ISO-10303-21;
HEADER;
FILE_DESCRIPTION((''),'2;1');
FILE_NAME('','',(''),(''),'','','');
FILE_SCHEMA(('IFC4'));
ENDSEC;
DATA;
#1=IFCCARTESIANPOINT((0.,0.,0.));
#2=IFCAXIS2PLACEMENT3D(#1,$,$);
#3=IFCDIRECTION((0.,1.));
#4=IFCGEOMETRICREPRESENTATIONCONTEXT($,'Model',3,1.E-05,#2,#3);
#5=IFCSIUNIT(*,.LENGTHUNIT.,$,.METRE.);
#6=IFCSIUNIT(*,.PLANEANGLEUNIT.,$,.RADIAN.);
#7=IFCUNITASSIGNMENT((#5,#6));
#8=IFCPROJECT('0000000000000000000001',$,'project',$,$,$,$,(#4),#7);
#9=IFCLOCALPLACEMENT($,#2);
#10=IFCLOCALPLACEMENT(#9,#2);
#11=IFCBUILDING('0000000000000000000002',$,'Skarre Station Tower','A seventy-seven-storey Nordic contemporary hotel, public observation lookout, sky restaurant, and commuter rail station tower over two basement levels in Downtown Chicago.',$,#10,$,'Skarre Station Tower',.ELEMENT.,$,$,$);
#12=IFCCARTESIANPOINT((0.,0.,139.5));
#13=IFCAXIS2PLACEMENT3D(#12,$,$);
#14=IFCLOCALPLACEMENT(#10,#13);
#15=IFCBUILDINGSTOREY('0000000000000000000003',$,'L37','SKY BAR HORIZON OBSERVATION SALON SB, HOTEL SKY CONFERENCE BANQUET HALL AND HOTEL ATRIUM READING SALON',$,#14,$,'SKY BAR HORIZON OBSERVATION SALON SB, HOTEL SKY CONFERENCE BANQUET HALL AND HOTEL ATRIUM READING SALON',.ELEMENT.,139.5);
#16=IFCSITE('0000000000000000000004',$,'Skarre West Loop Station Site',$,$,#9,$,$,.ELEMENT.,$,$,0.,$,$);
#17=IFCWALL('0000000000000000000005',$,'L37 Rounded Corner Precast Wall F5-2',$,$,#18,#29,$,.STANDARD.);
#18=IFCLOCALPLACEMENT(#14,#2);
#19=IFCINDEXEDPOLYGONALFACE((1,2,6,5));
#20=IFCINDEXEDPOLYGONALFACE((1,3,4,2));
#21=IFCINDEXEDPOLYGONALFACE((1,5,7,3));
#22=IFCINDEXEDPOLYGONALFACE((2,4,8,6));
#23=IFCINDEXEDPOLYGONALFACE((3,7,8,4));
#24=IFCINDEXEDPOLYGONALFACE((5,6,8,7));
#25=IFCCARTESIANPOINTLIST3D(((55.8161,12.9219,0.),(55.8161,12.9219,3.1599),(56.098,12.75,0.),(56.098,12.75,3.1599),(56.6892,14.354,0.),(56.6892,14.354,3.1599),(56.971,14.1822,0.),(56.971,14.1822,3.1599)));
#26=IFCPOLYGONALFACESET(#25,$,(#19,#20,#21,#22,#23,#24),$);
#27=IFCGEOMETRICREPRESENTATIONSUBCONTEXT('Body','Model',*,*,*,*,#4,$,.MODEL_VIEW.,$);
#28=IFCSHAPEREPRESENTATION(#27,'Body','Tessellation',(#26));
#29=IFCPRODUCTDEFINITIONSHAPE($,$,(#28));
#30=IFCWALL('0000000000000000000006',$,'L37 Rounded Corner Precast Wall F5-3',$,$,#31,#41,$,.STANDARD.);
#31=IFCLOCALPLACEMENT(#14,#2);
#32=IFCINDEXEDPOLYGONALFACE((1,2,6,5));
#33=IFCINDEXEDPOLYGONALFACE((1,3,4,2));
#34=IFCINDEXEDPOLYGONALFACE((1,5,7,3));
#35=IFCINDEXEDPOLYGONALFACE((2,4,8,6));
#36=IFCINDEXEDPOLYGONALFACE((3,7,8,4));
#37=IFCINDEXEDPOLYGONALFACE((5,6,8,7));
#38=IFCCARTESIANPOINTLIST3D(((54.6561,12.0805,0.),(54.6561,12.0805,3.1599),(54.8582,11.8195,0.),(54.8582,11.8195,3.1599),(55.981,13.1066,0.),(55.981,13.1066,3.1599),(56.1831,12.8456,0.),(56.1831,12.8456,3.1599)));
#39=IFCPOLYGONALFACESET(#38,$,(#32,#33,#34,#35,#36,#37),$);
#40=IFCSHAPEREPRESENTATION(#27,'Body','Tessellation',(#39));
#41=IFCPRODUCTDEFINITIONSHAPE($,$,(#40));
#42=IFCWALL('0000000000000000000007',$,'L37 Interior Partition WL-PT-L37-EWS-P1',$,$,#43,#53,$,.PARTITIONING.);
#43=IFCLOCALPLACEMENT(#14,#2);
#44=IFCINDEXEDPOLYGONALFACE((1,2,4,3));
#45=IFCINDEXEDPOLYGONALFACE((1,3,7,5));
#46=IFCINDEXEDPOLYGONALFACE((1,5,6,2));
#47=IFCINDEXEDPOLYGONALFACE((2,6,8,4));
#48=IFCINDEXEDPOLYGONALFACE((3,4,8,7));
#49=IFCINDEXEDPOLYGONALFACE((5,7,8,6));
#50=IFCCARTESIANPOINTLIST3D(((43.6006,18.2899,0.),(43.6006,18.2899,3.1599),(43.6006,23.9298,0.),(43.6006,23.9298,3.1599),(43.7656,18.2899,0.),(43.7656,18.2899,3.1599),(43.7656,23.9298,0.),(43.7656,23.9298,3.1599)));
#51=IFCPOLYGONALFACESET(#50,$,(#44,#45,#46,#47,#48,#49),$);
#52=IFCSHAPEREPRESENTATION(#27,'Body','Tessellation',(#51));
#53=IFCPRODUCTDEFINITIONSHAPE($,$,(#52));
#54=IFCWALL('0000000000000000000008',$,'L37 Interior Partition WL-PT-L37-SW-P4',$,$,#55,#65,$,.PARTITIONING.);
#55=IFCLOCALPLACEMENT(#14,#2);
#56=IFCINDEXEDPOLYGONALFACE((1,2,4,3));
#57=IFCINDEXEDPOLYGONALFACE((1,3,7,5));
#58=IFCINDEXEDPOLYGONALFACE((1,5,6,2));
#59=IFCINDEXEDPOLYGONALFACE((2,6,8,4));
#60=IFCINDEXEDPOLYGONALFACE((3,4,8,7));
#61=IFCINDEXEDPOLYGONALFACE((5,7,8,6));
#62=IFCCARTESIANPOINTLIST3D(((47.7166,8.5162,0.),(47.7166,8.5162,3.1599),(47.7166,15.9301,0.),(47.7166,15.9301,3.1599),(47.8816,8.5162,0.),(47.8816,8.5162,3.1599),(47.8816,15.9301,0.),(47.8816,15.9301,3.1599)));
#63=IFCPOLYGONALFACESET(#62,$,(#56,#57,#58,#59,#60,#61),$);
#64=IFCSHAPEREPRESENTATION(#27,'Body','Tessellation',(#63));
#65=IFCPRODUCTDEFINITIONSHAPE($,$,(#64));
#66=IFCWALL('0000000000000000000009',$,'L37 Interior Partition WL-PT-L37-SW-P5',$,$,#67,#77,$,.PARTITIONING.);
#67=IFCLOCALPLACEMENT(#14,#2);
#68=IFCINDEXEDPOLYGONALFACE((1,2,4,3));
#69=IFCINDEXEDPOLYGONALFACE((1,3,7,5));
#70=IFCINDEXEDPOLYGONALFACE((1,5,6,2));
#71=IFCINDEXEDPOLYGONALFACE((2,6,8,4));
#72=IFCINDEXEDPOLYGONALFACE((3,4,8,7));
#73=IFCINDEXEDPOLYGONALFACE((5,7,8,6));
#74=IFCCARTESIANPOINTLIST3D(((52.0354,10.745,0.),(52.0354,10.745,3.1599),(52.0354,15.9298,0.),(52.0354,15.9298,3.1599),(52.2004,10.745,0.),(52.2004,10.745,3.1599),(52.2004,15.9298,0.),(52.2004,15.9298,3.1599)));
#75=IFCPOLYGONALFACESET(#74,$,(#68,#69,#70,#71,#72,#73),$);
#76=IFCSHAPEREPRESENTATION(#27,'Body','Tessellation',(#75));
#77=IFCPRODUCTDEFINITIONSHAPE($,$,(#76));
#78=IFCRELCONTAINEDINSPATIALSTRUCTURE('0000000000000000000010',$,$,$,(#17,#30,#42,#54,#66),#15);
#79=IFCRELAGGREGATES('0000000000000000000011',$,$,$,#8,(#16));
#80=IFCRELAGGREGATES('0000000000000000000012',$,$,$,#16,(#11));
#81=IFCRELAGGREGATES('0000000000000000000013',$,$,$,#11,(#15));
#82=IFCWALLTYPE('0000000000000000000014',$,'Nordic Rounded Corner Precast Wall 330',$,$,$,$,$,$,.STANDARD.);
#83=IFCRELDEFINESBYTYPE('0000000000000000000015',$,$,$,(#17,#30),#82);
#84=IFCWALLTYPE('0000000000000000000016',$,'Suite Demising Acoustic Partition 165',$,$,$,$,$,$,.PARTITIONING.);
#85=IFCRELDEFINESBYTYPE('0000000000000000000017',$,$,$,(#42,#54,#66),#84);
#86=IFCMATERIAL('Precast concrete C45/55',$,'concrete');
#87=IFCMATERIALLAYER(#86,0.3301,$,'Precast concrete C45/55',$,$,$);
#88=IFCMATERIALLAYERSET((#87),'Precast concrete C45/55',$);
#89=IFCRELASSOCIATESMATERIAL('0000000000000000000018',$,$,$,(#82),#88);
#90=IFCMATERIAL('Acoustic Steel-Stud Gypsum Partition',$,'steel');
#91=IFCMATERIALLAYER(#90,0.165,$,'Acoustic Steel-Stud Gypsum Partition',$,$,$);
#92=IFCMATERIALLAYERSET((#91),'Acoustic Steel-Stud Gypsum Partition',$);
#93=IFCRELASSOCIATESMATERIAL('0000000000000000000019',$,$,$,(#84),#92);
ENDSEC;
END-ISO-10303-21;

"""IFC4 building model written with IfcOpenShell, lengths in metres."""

from ifc_helpers import new_model, si_unit, direction, frame, frame_2d, origin, place, context, subcontext, project, spatial, rectangle, extrude, material, layer, layer_set, type_object, element, save


model = new_model("IFC4")

# Units and contexts
model_context = context("Model", 3, precision=1e-05, world=origin(), true_north=direction((0.0, 1.0)))
body_context = subcontext(model_context, "Body", "Model", "MODEL_VIEW")
ifc_project = project(units=[si_unit("LENGTHUNIT", "METRE"), si_unit("PLANEANGLEUNIT", "RADIAN")], contexts=[model_context])

# Site, building, storey
site_placement = place(None, origin())
site = spatial("IfcSite", under=ifc_project, at=site_placement, Name="Skarre West Loop Station Site", CompositionType="ELEMENT", RefElevation=0.0)
building_placement = place(site_placement, origin())
building = spatial("IfcBuilding", under=site, at=building_placement, Name="Skarre Station Tower", Description="A seventy-seven-storey Nordic contemporary hotel, public observation lookout, sky restaurant, and commuter rail station tower over two basement levels in Downtown Chicago.", LongName="Skarre Station Tower", CompositionType="ELEMENT")
storey_placement = place(building_placement, frame((0.0, 0.0, 139.5)))
storey = spatial("IfcBuildingStorey", under=building, at=storey_placement, Name="L37", Description="SKY BAR HORIZON OBSERVATION SALON SB, HOTEL SKY CONFERENCE BANQUET HALL AND HOTEL ATRIUM READING SALON", LongName="SKY BAR HORIZON OBSERVATION SALON SB, HOTEL SKY CONFERENCE BANQUET HALL AND HOTEL ATRIUM READING SALON", CompositionType="ELEMENT", Elevation=139.5)

# Shared definitions
ifc_material_1 = material(Name="Acoustic Steel-Stud Gypsum Partition", Category="steel")

# Shared definitions
ifc_material_2 = material(Name="Precast concrete C45/55", Category="concrete")

# Walls
ifc_layer_1 = layer(ifc_material_2, 0.3301, Name="Precast concrete C45/55")
ifc_layer_set_1 = layer_set([ifc_layer_1], Name="Precast concrete C45/55")
wall_type_1 = type_object("IfcWallType", Name="Nordic Rounded Corner Precast Wall 330", PredefinedType="STANDARD", material=ifc_layer_set_1)
wall_1_placement = place(storey_placement, frame((56.8301, 14.2681, 0.0), z_axis=(0.0, 0.0, 1.0), x_axis=(-0.520519, -0.85385, 0.0)))
element("IfcWall", 1, at=wall_1_placement, inside=storey, type_object=wall_type_1, Name="L37 Rounded Corner Precast Wall F5-2", PredefinedType="STANDARD", context=body_context, shape_type="SweptSolid", body=[
    extrude(rectangle(XDim=1.6772, YDim=0.3301, at=frame_2d((0.8386, 0.0))), origin(), (0.0, 0.0, 1.0), 3.1599),
])
wall_2_placement = place(storey_placement, frame((56.082, 12.9761, 0.0), z_axis=(0.0, 0.0, 1.0), x_axis=(-0.790621, -0.612305, 0.0)))
element("IfcWall", 2, at=wall_2_placement, inside=storey, type_object=wall_type_1, Name="L37 Rounded Corner Precast Wall F5-3", PredefinedType="STANDARD", context=body_context, shape_type="SweptSolid", body=[
    extrude(rectangle(XDim=1.6758, YDim=0.3301, at=frame_2d((0.8379, 0.0))), origin(), (0.0, 0.0, 1.0), 3.1599),
])
ifc_layer_2 = layer(ifc_material_1, 0.165, Name="Acoustic Steel-Stud Gypsum Partition")
ifc_layer_set_2 = layer_set([ifc_layer_2], Name="Acoustic Steel-Stud Gypsum Partition")
wall_type_2 = type_object("IfcWallType", Name="Suite Demising Acoustic Partition 165", PredefinedType="PARTITIONING", material=ifc_layer_set_2)
wall_3_placement = place(storey_placement, frame((43.6831, 18.29, 0.0), z_axis=(0.0, 0.0, 1.0), x_axis=(0.0, 1.0, 0.0)))
element("IfcWall", 3, at=wall_3_placement, inside=storey, type_object=wall_type_2, Name="L37 Interior Partition WL-PT-L37-EWS-P1", PredefinedType="PARTITIONING", context=body_context, shape_type="SweptSolid", body=[
    extrude(rectangle(XDim=5.6399, YDim=0.165, at=frame_2d((2.8198, 0.0))), origin(), (0.0, 0.0, 1.0), 3.1599),
])
wall_4_placement = place(storey_placement, frame((47.7991, 8.5161, 0.0), z_axis=(0.0, 0.0, 1.0), x_axis=(0.0, 1.0, 0.0)))
element("IfcWall", 4, at=wall_4_placement, inside=storey, type_object=wall_type_2, Name="L37 Interior Partition WL-PT-L37-SW-P4", PredefinedType="PARTITIONING", context=body_context, shape_type="SweptSolid", body=[
    extrude(rectangle(XDim=7.4138, YDim=0.165, at=frame_2d((3.707, 0.0))), origin(), (0.0, 0.0, 1.0), 3.1599),
])
wall_5_placement = place(storey_placement, frame((52.1179, 10.7451, 0.0), z_axis=(0.0, 0.0, 1.0), x_axis=(0.0, 1.0, 0.0)))
element("IfcWall", 5, at=wall_5_placement, inside=storey, type_object=wall_type_2, Name="L37 Interior Partition WL-PT-L37-SW-P5", PredefinedType="PARTITIONING", context=body_context, shape_type="SweptSolid", body=[
    extrude(rectangle(XDim=5.1848, YDim=0.165, at=frame_2d((2.5923, 0.0))), origin(), (0.0, 0.0, 1.0), 3.1599),
])

save(model, "model.ifc")
